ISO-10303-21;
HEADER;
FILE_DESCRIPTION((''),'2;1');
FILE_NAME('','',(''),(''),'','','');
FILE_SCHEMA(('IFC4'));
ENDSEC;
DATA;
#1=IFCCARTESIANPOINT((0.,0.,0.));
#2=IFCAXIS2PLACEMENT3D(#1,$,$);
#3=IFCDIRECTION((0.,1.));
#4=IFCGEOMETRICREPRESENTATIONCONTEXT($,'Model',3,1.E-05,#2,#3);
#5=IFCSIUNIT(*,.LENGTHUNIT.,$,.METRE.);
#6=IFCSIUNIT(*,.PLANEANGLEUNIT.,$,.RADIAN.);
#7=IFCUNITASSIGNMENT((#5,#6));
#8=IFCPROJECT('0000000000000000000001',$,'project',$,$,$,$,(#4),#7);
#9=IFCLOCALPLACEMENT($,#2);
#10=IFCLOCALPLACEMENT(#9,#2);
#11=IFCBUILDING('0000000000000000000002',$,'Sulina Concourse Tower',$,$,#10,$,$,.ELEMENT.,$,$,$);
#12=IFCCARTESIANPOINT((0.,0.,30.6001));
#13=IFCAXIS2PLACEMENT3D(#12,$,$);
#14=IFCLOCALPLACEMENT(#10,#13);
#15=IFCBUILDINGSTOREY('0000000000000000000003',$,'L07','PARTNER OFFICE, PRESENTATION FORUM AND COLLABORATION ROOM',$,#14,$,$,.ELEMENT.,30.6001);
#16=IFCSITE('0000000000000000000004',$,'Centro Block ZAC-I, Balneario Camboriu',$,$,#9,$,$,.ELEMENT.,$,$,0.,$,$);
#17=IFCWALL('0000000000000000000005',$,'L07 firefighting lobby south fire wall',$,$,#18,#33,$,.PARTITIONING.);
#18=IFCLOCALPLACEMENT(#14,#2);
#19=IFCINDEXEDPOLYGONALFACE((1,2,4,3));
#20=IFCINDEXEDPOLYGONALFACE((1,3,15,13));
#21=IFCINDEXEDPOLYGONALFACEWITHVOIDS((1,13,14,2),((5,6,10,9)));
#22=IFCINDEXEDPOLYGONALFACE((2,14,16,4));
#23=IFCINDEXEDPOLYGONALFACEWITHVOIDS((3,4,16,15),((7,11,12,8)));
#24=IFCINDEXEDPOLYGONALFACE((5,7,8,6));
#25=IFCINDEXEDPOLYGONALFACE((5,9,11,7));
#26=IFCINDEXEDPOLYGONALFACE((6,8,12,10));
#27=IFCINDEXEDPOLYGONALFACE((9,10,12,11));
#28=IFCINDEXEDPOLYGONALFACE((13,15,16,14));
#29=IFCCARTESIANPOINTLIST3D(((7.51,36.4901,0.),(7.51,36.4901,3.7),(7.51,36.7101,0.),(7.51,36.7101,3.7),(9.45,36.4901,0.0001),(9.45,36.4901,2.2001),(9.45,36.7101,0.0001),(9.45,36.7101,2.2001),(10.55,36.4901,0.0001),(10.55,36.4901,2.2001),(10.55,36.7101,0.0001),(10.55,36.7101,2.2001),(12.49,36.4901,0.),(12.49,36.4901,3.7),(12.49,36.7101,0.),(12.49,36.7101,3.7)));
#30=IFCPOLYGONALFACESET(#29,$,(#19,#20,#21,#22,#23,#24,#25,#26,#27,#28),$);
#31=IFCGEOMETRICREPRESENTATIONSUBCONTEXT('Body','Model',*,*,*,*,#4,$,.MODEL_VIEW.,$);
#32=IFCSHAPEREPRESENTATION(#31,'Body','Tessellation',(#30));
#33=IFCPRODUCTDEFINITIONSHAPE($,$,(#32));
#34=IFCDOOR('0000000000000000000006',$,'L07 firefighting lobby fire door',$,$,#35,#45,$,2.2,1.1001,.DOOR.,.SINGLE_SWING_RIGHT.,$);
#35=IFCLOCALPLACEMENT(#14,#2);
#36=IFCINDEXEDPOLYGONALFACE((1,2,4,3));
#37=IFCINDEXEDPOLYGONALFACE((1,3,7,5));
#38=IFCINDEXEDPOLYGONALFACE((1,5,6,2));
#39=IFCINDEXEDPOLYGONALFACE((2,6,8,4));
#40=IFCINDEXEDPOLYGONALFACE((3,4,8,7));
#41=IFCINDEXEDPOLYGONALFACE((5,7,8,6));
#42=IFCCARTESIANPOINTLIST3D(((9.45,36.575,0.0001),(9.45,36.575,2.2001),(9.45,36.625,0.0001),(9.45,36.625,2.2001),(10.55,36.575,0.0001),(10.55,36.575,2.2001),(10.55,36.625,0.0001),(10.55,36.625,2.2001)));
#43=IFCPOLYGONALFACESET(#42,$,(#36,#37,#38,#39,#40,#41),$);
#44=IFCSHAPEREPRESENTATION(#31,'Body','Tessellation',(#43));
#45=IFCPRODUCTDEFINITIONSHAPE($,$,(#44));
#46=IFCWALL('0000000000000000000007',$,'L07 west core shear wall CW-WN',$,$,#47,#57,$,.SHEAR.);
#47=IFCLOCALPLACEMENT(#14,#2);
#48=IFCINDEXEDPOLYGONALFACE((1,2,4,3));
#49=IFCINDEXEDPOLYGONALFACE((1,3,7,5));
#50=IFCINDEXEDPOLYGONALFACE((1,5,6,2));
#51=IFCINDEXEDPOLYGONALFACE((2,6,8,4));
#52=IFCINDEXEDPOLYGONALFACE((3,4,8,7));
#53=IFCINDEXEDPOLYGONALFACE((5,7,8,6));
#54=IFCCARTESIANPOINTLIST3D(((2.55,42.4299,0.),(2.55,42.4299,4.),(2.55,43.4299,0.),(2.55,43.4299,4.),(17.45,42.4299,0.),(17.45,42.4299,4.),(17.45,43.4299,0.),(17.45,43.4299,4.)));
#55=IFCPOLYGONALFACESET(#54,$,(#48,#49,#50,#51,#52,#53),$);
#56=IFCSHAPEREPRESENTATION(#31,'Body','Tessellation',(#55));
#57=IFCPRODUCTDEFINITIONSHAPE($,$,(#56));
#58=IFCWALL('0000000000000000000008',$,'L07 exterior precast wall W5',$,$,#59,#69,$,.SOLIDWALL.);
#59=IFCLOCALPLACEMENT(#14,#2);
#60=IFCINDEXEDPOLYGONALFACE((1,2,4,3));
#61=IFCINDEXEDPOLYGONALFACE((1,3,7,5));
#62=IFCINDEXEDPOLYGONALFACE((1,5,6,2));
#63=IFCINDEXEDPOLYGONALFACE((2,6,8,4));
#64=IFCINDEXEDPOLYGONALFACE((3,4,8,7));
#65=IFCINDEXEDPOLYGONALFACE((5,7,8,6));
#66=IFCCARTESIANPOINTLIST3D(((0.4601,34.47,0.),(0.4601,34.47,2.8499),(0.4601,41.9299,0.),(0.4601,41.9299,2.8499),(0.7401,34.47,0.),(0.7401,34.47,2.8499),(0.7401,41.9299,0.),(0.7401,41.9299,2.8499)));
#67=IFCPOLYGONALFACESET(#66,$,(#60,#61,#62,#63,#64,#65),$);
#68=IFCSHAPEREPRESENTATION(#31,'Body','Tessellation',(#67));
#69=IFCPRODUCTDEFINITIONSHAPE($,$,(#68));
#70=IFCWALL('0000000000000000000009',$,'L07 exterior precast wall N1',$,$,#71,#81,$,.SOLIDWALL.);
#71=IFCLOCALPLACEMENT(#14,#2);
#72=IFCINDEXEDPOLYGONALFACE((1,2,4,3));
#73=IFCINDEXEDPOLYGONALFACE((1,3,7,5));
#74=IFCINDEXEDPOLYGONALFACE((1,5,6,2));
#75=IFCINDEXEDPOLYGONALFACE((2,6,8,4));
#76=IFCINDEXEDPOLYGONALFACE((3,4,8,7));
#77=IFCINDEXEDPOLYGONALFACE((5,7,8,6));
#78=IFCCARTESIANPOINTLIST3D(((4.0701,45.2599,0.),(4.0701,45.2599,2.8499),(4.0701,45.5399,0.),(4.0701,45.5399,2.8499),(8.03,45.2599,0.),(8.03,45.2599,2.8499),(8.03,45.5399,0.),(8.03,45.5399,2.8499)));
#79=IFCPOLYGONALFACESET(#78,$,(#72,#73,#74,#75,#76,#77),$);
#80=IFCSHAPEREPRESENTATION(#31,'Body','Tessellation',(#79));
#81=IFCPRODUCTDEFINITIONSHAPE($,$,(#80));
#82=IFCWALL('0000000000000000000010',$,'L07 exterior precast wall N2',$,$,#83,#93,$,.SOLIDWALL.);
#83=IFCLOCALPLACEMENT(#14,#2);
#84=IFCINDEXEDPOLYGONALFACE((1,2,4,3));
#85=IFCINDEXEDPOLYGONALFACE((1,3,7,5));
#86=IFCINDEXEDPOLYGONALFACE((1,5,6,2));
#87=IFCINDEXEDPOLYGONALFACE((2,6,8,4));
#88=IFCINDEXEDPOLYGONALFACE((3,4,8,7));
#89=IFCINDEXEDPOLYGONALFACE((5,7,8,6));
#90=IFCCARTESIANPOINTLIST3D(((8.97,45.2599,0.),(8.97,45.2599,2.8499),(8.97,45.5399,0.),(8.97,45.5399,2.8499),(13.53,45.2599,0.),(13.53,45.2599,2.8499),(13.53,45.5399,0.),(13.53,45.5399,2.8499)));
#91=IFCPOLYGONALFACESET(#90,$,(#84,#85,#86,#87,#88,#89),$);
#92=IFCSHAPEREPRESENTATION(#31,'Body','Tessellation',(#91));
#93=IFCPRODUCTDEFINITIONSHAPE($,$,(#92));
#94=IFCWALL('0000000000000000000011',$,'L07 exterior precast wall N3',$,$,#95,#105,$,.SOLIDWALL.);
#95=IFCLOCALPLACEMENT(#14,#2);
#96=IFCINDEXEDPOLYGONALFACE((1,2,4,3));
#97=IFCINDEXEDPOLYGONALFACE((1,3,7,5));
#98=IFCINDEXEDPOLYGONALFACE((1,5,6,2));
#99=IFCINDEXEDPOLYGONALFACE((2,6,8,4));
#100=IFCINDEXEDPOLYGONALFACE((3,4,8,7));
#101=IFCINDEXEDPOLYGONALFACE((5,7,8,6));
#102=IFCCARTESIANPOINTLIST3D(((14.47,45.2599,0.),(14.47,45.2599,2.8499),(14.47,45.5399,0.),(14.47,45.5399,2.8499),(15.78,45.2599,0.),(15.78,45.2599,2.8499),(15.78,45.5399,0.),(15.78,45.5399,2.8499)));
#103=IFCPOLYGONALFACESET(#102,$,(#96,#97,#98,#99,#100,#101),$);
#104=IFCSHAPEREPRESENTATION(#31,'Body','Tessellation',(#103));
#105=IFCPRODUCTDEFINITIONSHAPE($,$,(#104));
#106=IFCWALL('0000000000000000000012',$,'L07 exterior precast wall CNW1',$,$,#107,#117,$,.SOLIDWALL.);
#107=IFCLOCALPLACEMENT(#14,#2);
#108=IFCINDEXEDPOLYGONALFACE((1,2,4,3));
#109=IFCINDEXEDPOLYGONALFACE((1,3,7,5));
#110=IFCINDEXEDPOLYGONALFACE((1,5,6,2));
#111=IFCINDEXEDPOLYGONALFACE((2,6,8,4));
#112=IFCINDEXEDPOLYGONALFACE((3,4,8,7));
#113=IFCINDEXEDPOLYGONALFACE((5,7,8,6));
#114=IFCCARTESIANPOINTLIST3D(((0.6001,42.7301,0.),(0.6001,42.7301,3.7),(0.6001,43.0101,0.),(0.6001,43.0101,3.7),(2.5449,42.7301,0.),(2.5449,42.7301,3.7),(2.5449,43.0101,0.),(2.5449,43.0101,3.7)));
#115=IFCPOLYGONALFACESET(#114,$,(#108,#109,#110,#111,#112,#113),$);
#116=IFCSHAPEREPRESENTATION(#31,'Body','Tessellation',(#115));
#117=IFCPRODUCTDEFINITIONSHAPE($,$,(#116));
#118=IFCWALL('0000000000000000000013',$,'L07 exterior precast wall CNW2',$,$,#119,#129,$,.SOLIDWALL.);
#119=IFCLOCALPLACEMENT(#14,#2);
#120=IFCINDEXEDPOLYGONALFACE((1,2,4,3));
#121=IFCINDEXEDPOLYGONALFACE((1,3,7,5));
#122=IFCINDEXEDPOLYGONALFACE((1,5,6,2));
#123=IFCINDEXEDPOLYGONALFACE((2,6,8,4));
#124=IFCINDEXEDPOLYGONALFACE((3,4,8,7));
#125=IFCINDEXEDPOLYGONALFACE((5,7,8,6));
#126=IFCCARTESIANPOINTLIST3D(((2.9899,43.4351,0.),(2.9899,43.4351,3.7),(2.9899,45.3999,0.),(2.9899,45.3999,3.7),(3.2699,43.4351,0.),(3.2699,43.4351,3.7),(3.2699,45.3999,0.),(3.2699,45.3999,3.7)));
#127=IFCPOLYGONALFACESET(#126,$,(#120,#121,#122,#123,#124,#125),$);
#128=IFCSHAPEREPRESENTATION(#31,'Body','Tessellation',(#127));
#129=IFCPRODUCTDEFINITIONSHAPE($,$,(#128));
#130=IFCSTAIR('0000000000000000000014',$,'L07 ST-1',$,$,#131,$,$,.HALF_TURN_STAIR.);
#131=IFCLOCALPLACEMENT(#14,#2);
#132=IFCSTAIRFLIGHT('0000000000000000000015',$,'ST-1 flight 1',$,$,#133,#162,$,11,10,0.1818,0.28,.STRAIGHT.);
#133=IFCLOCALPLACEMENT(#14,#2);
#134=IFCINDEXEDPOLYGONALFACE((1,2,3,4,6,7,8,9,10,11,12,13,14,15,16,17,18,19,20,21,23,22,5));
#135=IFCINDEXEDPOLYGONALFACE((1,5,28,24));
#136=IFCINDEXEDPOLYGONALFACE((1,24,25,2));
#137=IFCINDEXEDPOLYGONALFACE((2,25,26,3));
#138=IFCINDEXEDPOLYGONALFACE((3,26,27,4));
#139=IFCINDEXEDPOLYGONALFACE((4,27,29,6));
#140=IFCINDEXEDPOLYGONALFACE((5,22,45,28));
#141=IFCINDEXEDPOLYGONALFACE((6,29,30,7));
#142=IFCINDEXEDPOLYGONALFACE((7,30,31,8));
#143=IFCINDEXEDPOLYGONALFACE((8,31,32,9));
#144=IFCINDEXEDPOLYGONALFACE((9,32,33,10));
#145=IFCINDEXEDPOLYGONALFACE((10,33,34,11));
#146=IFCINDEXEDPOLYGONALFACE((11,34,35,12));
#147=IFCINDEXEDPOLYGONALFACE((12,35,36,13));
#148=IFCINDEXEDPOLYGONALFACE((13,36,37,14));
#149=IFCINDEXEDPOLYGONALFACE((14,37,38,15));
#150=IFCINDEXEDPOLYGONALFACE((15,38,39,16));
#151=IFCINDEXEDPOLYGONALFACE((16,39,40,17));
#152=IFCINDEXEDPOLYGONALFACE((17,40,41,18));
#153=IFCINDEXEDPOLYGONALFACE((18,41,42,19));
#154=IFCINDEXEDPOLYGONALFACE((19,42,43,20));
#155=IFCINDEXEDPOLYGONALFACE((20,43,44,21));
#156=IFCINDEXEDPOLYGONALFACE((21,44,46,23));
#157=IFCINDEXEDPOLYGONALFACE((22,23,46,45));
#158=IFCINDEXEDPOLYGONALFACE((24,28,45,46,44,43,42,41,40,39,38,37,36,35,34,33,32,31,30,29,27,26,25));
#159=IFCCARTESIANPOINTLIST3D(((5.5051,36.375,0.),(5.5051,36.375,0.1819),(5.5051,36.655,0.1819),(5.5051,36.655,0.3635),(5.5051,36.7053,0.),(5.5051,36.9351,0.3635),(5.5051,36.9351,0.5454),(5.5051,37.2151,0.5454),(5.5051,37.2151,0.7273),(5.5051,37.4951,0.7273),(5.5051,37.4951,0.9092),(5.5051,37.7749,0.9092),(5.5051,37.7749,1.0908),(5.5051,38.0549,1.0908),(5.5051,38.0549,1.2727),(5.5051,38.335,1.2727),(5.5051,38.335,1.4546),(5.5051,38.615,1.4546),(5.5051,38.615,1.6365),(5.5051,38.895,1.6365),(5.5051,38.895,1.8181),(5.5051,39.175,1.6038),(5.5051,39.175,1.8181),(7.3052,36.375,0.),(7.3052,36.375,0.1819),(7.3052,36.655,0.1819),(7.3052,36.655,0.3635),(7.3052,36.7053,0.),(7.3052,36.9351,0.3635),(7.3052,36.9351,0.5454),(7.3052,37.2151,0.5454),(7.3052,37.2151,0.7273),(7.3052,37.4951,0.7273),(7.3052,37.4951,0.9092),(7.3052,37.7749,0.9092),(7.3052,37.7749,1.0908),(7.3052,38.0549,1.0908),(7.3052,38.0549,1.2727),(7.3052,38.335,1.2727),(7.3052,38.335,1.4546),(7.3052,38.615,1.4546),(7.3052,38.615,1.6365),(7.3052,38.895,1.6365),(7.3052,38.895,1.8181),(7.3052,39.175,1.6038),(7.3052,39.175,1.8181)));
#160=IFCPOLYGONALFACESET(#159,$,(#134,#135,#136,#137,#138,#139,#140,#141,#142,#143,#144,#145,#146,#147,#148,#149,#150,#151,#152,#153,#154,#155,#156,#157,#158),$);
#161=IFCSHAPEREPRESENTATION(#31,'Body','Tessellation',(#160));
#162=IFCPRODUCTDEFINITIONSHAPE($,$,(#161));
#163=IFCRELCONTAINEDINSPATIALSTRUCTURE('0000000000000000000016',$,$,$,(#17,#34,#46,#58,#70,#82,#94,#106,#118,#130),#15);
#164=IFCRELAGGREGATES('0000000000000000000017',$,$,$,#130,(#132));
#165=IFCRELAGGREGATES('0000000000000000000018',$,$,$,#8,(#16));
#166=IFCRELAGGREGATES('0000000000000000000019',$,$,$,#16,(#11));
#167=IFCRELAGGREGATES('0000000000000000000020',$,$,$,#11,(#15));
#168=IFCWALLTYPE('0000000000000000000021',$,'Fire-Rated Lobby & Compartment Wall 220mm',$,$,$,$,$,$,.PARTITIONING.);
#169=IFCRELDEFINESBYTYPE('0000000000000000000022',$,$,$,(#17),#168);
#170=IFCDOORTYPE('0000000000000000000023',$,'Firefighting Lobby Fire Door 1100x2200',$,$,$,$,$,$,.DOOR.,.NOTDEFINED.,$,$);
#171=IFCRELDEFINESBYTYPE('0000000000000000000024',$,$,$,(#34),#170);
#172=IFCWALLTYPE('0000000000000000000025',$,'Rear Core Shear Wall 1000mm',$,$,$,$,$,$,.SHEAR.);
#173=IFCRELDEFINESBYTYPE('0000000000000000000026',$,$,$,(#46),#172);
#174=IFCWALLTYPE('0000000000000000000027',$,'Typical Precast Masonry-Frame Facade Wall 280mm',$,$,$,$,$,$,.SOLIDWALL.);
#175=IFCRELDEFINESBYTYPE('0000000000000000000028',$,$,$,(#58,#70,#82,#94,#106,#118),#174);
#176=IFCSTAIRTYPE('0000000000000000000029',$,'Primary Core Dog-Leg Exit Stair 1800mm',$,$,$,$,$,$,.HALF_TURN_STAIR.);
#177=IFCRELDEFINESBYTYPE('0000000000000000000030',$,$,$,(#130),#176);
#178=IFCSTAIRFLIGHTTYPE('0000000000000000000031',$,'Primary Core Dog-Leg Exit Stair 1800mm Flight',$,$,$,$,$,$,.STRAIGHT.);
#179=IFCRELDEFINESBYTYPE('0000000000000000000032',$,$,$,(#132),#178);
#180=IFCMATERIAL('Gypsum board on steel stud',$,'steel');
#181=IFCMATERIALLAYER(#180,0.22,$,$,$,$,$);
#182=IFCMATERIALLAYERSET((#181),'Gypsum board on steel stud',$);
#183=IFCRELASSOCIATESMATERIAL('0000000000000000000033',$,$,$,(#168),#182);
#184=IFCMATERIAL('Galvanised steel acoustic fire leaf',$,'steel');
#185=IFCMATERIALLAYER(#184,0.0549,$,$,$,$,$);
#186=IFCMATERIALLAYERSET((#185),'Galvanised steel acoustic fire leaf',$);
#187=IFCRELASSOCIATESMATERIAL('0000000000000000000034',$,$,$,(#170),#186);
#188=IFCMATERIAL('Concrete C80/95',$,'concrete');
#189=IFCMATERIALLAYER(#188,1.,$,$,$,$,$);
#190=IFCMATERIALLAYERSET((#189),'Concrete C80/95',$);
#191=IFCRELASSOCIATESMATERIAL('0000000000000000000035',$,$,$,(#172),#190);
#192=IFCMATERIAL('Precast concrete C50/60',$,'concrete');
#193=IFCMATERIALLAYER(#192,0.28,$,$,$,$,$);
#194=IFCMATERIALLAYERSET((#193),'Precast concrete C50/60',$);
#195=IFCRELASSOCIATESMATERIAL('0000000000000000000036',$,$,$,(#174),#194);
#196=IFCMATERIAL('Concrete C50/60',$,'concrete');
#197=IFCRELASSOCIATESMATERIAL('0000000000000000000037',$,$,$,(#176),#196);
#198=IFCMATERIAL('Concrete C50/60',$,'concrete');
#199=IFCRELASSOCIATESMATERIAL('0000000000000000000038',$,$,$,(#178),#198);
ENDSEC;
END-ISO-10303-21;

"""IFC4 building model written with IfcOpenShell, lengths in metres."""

from ifc_helpers import new_model, si_unit, direction, frame, frame_2d, origin, place, context, subcontext, project, spatial, polyline, rectangle, outline, extrude, material, layer, layer_set, type_object, element, fill, aggregate, save


model = new_model("IFC4")

# Units and contexts
model_context = context("Model", 3, precision=1e-05, world=origin(), true_north=direction((0.0, 1.0)))
body_context = subcontext(model_context, "Body", "Model", "MODEL_VIEW")
ifc_project = project(units=[si_unit("LENGTHUNIT", "METRE"), si_unit("PLANEANGLEUNIT", "RADIAN")], contexts=[model_context])

# Site, building, storey
site_placement = place(None, origin())
site = spatial("IfcSite", under=ifc_project, at=site_placement, Name="Centro Block ZAC-I, Balneario Camboriu", CompositionType="ELEMENT", RefElevation=0.0)
building_placement = place(site_placement, origin())
building = spatial("IfcBuilding", under=site, at=building_placement, Name="Sulina Concourse Tower", CompositionType="ELEMENT")
storey_placement = place(building_placement, frame((0.0, 0.0, 30.6001)))
storey = spatial("IfcBuildingStorey", under=building, at=storey_placement, Name="L07", Description="PARTNER OFFICE, PRESENTATION FORUM AND COLLABORATION ROOM", CompositionType="ELEMENT", Elevation=30.6001)

# Wall, opening, door
ifc_material_1 = material(Name="Gypsum board on steel stud", Category="steel")
ifc_layer_1 = layer(ifc_material_1, 0.22)
ifc_layer_set_1 = layer_set([ifc_layer_1], Name="Gypsum board on steel stud")
wall_type_1 = type_object("IfcWallType", Name="Fire-Rated Lobby & Compartment Wall 220mm", PredefinedType="PARTITIONING", material=ifc_layer_set_1)
wall_1_placement = place(storey_placement, frame((7.51, 36.6001, 0.0), z_axis=(0.0, 0.0, 1.0), x_axis=(1.0, 0.0, 0.0)))
wall_1 = element("IfcWall", 1, at=wall_1_placement, inside=storey, type_object=wall_type_1, Name="L07 firefighting lobby south fire wall", PredefinedType="PARTITIONING", context=body_context, shape_type="SweptSolid", body=[
    extrude(rectangle(XDim=4.98, YDim=0.22, at=frame_2d((2.49, 0.0))), origin(), (0.0, 0.0, 1.0), 3.7),
])
opening_1_placement = place(wall_1_placement, frame((1.9399, 0.0, 0.0)))
opening_1 = element("IfcOpeningElement", 2, at=opening_1_placement, cuts=wall_1, PredefinedType="OPENING", context=body_context, shape_type="SweptSolid", body=[
    extrude(rectangle(XDim=1.1001, YDim=2.2, at=frame_2d((0.55, 1.1001))), frame((0.0, 0.1199, 0.0), z_axis=(0.0, -1.0, 0.0), x_axis=(1.0, 0.0, 0.0)), (0.0, 0.0, 1.0), 0.24),
])
ifc_material_2 = material(Name="Galvanised steel acoustic fire leaf", Category="steel")
ifc_layer_2 = layer(ifc_material_2, 0.0549)
ifc_layer_set_2 = layer_set([ifc_layer_2], Name="Galvanised steel acoustic fire leaf")
door_type_1 = type_object("IfcDoorType", Name="Firefighting Lobby Fire Door 1100x2200", OperationType="NOTDEFINED", PredefinedType="DOOR", material=ifc_layer_set_2)
door_1_placement = place(opening_1_placement, origin())
door_1 = element("IfcDoor", 3, at=door_1_placement, inside=storey, type_object=door_type_1, Name="L07 firefighting lobby fire door", OperationType="SINGLE_SWING_RIGHT", OverallHeight=2.2, OverallWidth=1.1001, PredefinedType="DOOR", context=body_context, shape_type="SweptSolid", body=[
    extrude(rectangle(XDim=1.1001, YDim=2.2, at=frame_2d((0.55, 1.1001))), frame((0.0, 0.0249, 0.0), z_axis=(0.0, -1.0, 0.0), x_axis=(1.0, 0.0, 0.0)), (0.0, 0.0, 1.0), 0.05),
])
fill(opening_1, door_1)

# Walls
ifc_material_3 = material(Name="Concrete C80/95", Category="concrete")
ifc_layer_3 = layer(ifc_material_3, 1.0)
ifc_layer_set_3 = layer_set([ifc_layer_3], Name="Concrete C80/95")
wall_type_2 = type_object("IfcWallType", Name="Rear Core Shear Wall 1000mm", PredefinedType="SHEAR", material=ifc_layer_set_3)
wall_2_placement = place(storey_placement, frame((2.55, 42.9299, 0.0), z_axis=(0.0, 0.0, 1.0), x_axis=(1.0, 0.0, 0.0)))
element("IfcWall", 4, at=wall_2_placement, inside=storey, type_object=wall_type_2, Name="L07 west core shear wall CW-WN", PredefinedType="SHEAR", context=body_context, shape_type="SweptSolid", body=[
    extrude(rectangle(XDim=14.8999, YDim=1.0, at=frame_2d((7.45, 0.0))), origin(), (0.0, 0.0, 1.0), 4.0),
])
ifc_material_4 = material(Name="Precast concrete C50/60", Category="concrete")
ifc_layer_4 = layer(ifc_material_4, 0.28)
ifc_layer_set_4 = layer_set([ifc_layer_4], Name="Precast concrete C50/60")
wall_type_3 = type_object("IfcWallType", Name="Typical Precast Masonry-Frame Facade Wall 280mm", PredefinedType="SOLIDWALL", material=ifc_layer_set_4)
wall_3_placement = place(storey_placement, frame((0.6001, 34.47, 0.0), z_axis=(0.0, 0.0, 1.0), x_axis=(0.0, 1.0, 0.0)))
element("IfcWall", 5, at=wall_3_placement, inside=storey, type_object=wall_type_3, Name="L07 exterior precast wall W5", PredefinedType="SOLIDWALL", context=body_context, shape_type="SweptSolid", body=[
    extrude(rectangle(XDim=7.46, YDim=0.28, at=frame_2d((3.73, 0.0))), origin(), (0.0, 0.0, 1.0), 2.8499),
])
wall_4_placement = place(storey_placement, frame((4.0701, 45.3999, 0.0), z_axis=(0.0, 0.0, 1.0), x_axis=(1.0, 0.0, 0.0)))
element("IfcWall", 6, at=wall_4_placement, inside=storey, type_object=wall_type_3, Name="L07 exterior precast wall N1", PredefinedType="SOLIDWALL", context=body_context, shape_type="SweptSolid", body=[
    extrude(rectangle(XDim=3.96, YDim=0.28, at=frame_2d((1.98, 0.0))), origin(), (0.0, 0.0, 1.0), 2.8499),
])
wall_5_placement = place(storey_placement, frame((8.97, 45.3999, 0.0), z_axis=(0.0, 0.0, 1.0), x_axis=(1.0, 0.0, 0.0)))
element("IfcWall", 7, at=wall_5_placement, inside=storey, type_object=wall_type_3, Name="L07 exterior precast wall N2", PredefinedType="SOLIDWALL", context=body_context, shape_type="SweptSolid", body=[
    extrude(rectangle(XDim=4.5601, YDim=0.28, at=frame_2d((2.28, 0.0))), origin(), (0.0, 0.0, 1.0), 2.8499),
])
wall_6_placement = place(storey_placement, frame((14.47, 45.3999, 0.0), z_axis=(0.0, 0.0, 1.0), x_axis=(1.0, 0.0, 0.0)))
element("IfcWall", 8, at=wall_6_placement, inside=storey, type_object=wall_type_3, Name="L07 exterior precast wall N3", PredefinedType="SOLIDWALL", context=body_context, shape_type="SweptSolid", body=[
    extrude(rectangle(XDim=1.3101, YDim=0.28, at=frame_2d((0.655, 0.0))), origin(), (0.0, 0.0, 1.0), 2.8499),
])
wall_7_placement = place(storey_placement, frame((0.6001, 42.8701, 0.0), z_axis=(0.0, 0.0, 1.0), x_axis=(1.0, 0.0, 0.0)))
element("IfcWall", 9, at=wall_7_placement, inside=storey, type_object=wall_type_3, Name="L07 exterior precast wall CNW1", PredefinedType="SOLIDWALL", context=body_context, shape_type="SweptSolid", body=[
    extrude(rectangle(XDim=1.9448, YDim=0.28, at=frame_2d((0.9724, 0.0))), origin(), (0.0, 0.0, 1.0), 3.7),
])
wall_8_placement = place(storey_placement, frame((3.1299, 43.4351, 0.0), z_axis=(0.0, 0.0, 1.0), x_axis=(0.0, 1.0, 0.0)))
element("IfcWall", 10, at=wall_8_placement, inside=storey, type_object=wall_type_3, Name="L07 exterior precast wall CNW2", PredefinedType="SOLIDWALL", context=body_context, shape_type="SweptSolid", body=[
    extrude(rectangle(XDim=1.9648, YDim=0.28, at=frame_2d((0.9824, 0.0))), origin(), (0.0, 0.0, 1.0), 3.7),
])

# Stair, stair flight
ifc_material_5 = material(Name="Concrete C50/60", Category="concrete")
stair_type = type_object("IfcStairType", Name="Primary Core Dog-Leg Exit Stair 1800mm", PredefinedType="HALF_TURN_STAIR", material=ifc_material_5)
stair_1_placement = place(storey_placement, origin())
stair_1 = element("IfcStair", 11, at=stair_1_placement, inside=storey, type_object=stair_type, Name="L07 ST-1", PredefinedType="HALF_TURN_STAIR")
ifc_material_6 = material(Name="Concrete C50/60", Category="concrete")
stair_flight_type = type_object("IfcStairFlightType", Name="Primary Core Dog-Leg Exit Stair 1800mm Flight", PredefinedType="STRAIGHT", material=ifc_material_6)
stair_flight_1_placement = place(storey_placement, frame((6.405, 36.375, 0.0), z_axis=(0.0, 0.0, 1.0), x_axis=(0.0, 1.0, 0.0)))
stair_flight_1 = element("IfcStairFlight", 12, at=stair_flight_1_placement, type_object=stair_flight_type, Name="ST-1 flight 1", NumberOfRisers=11, NumberOfTreads=10, PredefinedType="STRAIGHT", RiserHeight=0.1818, TreadLength=0.28, context=body_context, shape_type="SweptSolid", body=[
    extrude(outline(polyline([(0.0, 0.0), (0.0, 0.1819), (0.28, 0.1819), (0.28, 0.3635), (0.5601, 0.3635), (0.5601, 0.5454), (0.8401, 0.5454), (0.8401, 0.7273), (1.1201, 0.7273), (1.1201, 0.9092), (1.3999, 0.9092), (1.3999, 1.0908), (1.6799, 1.0908), (1.6799, 1.2727), (1.96, 1.2727), (1.96, 1.4546), (2.24, 1.4546), (2.24, 1.6365), (2.52, 1.6365), (2.52, 1.8181), (2.8, 1.8181), (2.8, 2.0), (2.8, 1.6038), (0.3303, 0.0), (0.0, 0.0)])), frame((0.0, 0.8999, 0.0), z_axis=(0.0, -1.0, 0.0), x_axis=(1.0, 0.0, 0.0)), (0.0, 0.0, 1.0), 1.8),
])
aggregate(stair_1, [stair_flight_1])

save(model, "model.ifc")
